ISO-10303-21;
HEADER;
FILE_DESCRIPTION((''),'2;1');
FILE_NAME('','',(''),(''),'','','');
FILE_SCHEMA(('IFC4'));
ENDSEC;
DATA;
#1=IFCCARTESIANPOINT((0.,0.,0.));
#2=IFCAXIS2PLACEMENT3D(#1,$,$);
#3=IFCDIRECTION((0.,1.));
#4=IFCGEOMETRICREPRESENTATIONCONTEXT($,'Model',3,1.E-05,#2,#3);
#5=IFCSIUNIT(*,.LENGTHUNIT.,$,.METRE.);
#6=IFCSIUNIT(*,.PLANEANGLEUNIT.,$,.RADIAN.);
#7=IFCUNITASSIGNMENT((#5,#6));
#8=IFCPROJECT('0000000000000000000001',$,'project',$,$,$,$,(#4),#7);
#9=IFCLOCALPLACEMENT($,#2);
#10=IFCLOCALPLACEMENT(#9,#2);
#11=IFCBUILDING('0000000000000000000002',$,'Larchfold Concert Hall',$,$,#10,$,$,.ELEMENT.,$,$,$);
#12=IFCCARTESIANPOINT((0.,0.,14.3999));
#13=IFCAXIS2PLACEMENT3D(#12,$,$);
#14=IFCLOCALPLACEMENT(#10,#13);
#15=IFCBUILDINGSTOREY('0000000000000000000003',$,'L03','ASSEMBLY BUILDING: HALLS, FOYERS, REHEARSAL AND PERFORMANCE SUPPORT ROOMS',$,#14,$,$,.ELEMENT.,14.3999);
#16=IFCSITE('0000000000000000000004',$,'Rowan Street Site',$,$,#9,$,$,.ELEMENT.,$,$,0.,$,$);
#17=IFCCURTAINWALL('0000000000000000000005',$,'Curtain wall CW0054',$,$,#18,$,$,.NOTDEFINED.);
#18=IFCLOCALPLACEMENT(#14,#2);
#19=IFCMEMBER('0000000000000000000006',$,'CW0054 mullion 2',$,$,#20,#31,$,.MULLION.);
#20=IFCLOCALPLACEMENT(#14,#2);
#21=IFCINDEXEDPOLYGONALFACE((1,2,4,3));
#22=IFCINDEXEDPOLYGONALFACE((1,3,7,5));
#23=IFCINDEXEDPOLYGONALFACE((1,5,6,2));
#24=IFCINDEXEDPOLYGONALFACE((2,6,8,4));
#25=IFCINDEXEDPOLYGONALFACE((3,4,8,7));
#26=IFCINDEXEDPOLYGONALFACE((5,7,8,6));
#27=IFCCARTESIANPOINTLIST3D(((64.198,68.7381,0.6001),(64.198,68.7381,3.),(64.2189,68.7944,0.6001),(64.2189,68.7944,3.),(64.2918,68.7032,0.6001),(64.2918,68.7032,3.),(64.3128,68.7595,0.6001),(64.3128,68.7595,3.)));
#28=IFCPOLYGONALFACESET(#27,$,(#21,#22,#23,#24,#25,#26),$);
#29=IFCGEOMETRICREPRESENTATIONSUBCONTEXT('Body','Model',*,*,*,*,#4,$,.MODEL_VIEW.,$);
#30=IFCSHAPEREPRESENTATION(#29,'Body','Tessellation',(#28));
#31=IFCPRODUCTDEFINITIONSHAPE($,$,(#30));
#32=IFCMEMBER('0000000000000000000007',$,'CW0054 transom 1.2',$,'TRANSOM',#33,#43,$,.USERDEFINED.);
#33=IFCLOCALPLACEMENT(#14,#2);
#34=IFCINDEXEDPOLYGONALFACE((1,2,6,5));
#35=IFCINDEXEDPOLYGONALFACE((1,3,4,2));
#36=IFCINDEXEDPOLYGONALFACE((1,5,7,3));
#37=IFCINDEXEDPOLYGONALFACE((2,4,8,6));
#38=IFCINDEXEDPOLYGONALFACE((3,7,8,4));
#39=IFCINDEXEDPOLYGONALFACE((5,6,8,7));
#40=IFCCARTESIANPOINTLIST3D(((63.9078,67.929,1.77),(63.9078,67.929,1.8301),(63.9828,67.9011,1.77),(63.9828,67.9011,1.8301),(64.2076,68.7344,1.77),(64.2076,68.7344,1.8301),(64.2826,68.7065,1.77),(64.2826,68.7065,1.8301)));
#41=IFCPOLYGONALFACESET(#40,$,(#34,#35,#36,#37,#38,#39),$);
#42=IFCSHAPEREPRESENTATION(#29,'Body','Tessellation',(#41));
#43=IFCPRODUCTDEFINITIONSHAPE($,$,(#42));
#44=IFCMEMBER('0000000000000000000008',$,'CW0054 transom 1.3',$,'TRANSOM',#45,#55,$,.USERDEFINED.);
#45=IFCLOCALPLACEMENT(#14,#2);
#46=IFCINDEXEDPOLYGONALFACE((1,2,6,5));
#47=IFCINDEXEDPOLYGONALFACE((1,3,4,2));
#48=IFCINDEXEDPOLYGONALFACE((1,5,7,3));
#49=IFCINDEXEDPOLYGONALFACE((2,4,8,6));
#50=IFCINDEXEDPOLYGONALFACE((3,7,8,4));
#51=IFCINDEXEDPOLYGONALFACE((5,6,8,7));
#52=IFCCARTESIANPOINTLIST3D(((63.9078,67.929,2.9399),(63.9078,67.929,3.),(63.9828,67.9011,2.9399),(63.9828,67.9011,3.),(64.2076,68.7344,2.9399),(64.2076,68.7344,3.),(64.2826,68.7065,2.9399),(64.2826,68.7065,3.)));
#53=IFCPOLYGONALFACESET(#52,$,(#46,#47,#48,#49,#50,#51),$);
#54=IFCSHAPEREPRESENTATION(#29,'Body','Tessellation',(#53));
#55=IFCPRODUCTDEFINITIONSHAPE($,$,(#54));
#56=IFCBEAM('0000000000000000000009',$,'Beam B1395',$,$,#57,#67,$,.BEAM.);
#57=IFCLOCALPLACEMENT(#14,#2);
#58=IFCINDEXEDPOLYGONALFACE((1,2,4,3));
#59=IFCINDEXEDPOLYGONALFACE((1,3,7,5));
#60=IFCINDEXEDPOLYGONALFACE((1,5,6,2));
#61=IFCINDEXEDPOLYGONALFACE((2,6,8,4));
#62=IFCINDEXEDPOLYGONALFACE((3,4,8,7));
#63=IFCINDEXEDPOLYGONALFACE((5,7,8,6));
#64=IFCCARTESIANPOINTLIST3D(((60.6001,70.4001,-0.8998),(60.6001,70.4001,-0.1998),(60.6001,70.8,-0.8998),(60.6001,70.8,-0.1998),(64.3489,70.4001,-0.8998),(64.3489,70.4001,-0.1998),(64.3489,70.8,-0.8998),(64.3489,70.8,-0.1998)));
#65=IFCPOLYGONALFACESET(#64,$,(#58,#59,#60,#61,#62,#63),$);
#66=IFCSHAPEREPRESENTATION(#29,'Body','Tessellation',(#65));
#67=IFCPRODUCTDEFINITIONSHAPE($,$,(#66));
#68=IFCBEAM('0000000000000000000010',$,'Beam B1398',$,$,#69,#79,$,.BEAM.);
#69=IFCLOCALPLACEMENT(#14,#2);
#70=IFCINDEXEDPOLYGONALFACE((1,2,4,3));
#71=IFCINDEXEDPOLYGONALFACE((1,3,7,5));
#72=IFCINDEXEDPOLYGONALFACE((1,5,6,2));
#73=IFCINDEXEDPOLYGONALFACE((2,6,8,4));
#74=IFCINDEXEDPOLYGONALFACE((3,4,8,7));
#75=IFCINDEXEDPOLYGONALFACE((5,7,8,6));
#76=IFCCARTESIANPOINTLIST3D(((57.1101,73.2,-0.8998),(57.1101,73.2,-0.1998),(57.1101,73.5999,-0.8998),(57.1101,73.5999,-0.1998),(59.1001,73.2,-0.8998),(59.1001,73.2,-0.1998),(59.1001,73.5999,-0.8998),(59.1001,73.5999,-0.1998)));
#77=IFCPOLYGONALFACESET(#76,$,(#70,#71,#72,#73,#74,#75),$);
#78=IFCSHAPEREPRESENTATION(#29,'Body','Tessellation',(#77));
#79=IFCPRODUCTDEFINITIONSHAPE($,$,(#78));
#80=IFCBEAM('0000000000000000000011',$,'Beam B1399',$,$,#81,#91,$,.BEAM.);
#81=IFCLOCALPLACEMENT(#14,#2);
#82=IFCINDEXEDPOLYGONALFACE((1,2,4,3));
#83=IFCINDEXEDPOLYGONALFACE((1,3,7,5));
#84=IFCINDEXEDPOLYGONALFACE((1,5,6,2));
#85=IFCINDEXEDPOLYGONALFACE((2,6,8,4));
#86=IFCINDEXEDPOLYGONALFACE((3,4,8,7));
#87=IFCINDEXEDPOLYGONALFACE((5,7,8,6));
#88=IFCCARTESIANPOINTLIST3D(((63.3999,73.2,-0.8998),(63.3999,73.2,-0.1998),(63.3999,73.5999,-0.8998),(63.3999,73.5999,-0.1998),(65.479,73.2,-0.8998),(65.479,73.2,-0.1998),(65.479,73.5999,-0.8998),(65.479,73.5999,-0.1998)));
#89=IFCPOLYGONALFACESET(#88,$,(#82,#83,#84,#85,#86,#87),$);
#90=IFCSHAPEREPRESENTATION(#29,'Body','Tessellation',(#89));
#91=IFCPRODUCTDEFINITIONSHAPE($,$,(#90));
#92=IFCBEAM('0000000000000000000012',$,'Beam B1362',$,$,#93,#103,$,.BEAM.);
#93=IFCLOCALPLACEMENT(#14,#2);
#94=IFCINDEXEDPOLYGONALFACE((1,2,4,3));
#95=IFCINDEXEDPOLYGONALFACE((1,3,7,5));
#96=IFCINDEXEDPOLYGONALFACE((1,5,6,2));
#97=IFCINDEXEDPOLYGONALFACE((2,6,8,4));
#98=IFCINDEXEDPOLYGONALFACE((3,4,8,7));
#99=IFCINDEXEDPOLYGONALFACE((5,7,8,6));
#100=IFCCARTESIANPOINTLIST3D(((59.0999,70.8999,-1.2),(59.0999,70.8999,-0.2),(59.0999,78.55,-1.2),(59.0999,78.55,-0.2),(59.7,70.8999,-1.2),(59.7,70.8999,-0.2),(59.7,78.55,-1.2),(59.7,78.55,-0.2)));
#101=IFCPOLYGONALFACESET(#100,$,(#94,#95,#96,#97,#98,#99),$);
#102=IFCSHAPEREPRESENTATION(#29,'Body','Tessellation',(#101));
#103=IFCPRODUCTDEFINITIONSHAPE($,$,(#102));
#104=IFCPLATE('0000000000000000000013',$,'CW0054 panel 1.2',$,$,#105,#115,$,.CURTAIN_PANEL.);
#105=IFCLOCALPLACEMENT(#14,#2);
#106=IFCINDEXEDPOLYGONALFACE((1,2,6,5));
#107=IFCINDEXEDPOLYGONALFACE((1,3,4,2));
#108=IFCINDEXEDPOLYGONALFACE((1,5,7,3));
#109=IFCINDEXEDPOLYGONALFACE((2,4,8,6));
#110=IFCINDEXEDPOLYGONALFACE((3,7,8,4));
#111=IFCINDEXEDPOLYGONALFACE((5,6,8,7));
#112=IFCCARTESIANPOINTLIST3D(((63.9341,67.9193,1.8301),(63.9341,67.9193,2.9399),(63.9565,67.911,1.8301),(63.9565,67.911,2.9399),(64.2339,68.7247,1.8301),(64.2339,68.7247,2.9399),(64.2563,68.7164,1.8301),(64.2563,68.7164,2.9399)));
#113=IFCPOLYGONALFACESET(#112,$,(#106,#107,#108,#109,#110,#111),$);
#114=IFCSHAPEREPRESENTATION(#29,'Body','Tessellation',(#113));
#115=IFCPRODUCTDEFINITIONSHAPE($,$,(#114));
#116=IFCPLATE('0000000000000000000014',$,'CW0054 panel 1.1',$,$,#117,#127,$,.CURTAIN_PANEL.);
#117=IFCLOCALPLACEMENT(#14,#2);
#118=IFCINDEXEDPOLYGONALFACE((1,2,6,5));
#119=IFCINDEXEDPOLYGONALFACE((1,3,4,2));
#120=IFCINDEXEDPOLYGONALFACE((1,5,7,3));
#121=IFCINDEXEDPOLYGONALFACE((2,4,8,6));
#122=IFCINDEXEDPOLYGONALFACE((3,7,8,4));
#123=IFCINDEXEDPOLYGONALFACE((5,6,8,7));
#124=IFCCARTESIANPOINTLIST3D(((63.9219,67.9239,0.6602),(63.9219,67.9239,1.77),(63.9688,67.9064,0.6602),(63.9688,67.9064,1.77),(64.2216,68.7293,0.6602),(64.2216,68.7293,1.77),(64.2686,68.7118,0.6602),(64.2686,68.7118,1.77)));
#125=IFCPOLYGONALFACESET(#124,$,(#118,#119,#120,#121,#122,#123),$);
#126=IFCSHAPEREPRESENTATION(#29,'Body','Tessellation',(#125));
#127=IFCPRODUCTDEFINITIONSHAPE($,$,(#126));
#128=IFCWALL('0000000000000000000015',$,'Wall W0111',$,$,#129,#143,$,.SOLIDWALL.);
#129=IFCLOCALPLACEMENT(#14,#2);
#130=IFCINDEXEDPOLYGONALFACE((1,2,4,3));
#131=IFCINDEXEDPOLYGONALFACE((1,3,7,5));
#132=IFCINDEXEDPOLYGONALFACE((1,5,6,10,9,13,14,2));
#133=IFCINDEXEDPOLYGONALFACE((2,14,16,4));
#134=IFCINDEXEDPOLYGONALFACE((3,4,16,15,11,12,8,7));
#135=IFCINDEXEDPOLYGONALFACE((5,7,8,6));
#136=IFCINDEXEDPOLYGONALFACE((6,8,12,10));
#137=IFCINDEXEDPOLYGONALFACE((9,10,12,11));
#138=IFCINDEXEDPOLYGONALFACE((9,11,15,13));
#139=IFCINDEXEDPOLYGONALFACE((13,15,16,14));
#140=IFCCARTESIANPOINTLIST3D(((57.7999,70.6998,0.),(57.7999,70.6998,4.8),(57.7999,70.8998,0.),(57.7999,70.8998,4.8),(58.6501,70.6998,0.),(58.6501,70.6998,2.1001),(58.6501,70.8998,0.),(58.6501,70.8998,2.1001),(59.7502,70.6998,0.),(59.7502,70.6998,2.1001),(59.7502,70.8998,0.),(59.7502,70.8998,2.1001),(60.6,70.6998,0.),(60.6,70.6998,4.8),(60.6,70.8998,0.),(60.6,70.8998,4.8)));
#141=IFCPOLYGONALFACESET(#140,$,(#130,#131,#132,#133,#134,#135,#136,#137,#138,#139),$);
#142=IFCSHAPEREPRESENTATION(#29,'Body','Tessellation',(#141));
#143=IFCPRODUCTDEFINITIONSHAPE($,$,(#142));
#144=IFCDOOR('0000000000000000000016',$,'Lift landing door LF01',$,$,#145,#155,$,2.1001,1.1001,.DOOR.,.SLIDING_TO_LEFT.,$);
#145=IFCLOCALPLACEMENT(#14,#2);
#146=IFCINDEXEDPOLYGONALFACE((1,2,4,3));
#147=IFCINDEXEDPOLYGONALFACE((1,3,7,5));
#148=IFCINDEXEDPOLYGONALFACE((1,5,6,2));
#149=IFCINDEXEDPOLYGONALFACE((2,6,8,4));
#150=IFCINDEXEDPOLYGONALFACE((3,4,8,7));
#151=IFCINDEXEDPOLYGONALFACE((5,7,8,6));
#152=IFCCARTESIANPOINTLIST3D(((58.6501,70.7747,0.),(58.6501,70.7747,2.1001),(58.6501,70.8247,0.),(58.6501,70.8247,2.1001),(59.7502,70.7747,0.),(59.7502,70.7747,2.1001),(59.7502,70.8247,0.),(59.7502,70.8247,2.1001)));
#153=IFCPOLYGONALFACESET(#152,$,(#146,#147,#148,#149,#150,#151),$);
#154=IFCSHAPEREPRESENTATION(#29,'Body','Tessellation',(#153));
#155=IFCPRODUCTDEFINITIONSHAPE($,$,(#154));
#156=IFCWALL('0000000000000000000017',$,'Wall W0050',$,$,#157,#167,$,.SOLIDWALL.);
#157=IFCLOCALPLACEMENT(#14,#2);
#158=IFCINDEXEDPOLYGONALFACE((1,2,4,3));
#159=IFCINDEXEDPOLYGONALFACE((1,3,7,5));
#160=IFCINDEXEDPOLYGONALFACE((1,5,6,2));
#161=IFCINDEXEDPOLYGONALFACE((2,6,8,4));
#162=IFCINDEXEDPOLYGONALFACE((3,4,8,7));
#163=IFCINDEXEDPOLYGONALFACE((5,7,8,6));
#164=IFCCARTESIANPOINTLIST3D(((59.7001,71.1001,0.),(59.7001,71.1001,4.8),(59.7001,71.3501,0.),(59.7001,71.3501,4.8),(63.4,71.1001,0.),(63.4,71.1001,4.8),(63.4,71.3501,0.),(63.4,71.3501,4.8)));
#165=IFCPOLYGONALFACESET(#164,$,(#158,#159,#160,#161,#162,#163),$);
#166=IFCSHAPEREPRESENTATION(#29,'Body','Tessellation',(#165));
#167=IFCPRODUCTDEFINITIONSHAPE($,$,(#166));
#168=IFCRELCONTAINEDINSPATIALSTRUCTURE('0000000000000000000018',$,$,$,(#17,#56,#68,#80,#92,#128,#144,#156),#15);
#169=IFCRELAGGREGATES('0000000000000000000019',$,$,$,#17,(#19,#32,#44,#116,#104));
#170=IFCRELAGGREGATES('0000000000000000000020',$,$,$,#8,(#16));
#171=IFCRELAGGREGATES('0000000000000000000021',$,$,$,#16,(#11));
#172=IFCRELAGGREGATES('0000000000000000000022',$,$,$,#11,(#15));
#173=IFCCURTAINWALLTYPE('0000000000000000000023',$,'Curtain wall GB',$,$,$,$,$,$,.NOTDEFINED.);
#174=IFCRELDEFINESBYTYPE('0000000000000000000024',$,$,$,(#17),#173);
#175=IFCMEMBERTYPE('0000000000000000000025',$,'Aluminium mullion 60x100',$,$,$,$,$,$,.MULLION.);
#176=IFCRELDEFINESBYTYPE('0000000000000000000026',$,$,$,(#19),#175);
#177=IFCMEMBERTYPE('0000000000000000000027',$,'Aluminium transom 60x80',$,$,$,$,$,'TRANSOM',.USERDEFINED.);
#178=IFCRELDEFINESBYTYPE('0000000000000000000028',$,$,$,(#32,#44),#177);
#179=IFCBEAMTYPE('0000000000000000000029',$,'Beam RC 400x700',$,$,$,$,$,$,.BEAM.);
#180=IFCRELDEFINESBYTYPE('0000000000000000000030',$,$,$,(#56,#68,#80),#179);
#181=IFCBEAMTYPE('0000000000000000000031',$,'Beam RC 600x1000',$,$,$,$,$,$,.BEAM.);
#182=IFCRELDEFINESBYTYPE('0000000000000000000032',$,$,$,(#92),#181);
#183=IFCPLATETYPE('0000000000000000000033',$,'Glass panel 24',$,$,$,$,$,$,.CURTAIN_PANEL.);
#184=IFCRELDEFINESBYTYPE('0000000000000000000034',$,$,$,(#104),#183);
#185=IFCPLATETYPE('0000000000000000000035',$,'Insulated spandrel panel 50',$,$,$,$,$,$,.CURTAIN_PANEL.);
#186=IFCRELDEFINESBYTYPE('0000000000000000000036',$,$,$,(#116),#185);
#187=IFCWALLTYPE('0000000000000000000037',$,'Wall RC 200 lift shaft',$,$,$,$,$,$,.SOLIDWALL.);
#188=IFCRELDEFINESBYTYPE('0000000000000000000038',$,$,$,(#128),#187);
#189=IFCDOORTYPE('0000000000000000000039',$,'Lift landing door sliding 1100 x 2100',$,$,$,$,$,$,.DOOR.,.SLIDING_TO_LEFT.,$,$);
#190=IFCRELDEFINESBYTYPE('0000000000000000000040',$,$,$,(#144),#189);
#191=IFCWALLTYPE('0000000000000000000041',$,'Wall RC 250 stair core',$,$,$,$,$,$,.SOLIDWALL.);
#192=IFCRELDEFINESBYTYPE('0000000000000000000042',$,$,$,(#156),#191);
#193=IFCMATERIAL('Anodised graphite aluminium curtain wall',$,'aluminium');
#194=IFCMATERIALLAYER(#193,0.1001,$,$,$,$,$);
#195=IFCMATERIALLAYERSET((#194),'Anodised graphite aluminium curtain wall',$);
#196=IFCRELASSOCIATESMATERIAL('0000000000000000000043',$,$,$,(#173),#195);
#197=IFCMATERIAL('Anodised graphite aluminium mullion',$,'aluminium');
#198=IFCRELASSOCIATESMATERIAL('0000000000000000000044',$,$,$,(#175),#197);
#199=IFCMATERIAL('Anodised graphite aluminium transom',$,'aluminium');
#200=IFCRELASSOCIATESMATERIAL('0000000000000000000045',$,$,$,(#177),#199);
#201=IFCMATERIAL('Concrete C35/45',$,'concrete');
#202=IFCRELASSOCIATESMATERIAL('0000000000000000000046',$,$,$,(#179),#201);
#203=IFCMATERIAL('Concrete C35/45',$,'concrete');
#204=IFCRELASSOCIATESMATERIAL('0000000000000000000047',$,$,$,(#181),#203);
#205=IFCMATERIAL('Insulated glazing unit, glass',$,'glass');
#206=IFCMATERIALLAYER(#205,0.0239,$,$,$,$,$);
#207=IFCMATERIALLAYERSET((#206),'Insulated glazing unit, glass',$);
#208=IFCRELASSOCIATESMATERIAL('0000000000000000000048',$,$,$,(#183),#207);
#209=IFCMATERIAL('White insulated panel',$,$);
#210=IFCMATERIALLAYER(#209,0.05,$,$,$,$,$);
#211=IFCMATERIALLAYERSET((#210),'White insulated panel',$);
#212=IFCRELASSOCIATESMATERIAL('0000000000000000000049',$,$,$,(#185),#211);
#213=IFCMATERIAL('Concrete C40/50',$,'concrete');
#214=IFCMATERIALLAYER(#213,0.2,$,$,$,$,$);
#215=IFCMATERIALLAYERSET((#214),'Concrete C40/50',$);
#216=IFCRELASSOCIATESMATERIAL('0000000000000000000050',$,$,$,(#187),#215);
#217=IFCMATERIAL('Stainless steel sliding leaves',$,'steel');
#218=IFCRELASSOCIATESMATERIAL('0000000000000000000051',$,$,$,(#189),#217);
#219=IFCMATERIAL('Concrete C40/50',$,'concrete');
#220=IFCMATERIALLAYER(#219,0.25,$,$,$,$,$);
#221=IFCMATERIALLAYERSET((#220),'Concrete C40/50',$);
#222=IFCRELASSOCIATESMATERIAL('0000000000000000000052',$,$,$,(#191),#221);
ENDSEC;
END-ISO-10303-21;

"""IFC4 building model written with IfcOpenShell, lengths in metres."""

from ifc_helpers import new_model, si_unit, direction, frame, frame_2d, origin, origin_2d, place, context, subcontext, project, spatial, rectangle, extrude, material, layer, layer_set, material_profile, profile_set, type_object, element, fill, aggregate, save


model = new_model("IFC4")

# Units and contexts
model_context = context("Model", 3, precision=1e-05, world=origin(), true_north=direction((0.0, 1.0)))
body_context = subcontext(model_context, "Body", "Model", "MODEL_VIEW")
ifc_project = project(units=[si_unit("LENGTHUNIT", "METRE"), si_unit("PLANEANGLEUNIT", "RADIAN")], contexts=[model_context])

# Site, building, storey
site_placement = place(None, origin())
site = spatial("IfcSite", under=ifc_project, at=site_placement, Name="Rowan Street Site", CompositionType="ELEMENT", RefElevation=0.0)
building_placement = place(site_placement, origin())
building = spatial("IfcBuilding", under=site, at=building_placement, Name="Larchfold Concert Hall", CompositionType="ELEMENT")
storey_placement = place(building_placement, frame((0.0, 0.0, 14.3999)))
storey = spatial("IfcBuildingStorey", under=building, at=storey_placement, Name="L03", Description="ASSEMBLY BUILDING: HALLS, FOYERS, REHEARSAL AND PERFORMANCE SUPPORT ROOMS", CompositionType="ELEMENT", Elevation=14.3999)

# Curtain wall, members
ifc_material_1 = material(Name="Anodised graphite aluminium curtain wall", Category="aluminium")
ifc_layer_1 = layer(ifc_material_1, 0.1001)
ifc_layer_set_1 = layer_set([ifc_layer_1], Name="Anodised graphite aluminium curtain wall")
curtain_wall_type = type_object("IfcCurtainWallType", Name="Curtain wall GB", PredefinedType="NOTDEFINED", material=ifc_layer_set_1)
curtain_wall_placement = place(storey_placement, origin())
curtain_wall = element("IfcCurtainWall", 1, at=curtain_wall_placement, inside=storey, type_object=curtain_wall_type, Name="Curtain wall CW0054", PredefinedType="NOTDEFINED")
ifc_material_2 = material(Name="Anodised graphite aluminium mullion", Category="aluminium")
ifc_material_profile_1 = material_profile(ifc_material_2, rectangle(XDim=0.1001, YDim=0.0601, at=origin_2d()))
ifc_profile_set_1 = profile_set([ifc_material_profile_1], Name="Anodised graphite aluminium mullion")
member_type_1 = type_object("IfcMemberType", Name="Aluminium mullion 60x100", PredefinedType="MULLION", material=ifc_profile_set_1)
member_1_placement = place(storey_placement, frame((64.2554, 68.7488, 0.6001), z_axis=(0.0, 0.0, 1.0), x_axis=(-0.937188, 0.348826, 0.0)))
member_1 = element("IfcMember", 2, at=member_1_placement, type_object=member_type_1, Name="CW0054 mullion 2", PredefinedType="MULLION", context=body_context, shape_type="SweptSolid", body=[
    extrude(rectangle(XDim=0.1001, YDim=0.0601, at=origin_2d()), origin(), (0.0, 0.0, 1.0), 2.3999),
])
ifc_material_3 = material(Name="Anodised graphite aluminium transom", Category="aluminium")
ifc_material_profile_2 = material_profile(ifc_material_3, rectangle(XDim=0.0801, YDim=0.0601, at=origin_2d()))
ifc_profile_set_2 = profile_set([ifc_material_profile_2], Name="Anodised graphite aluminium transom")
member_type_2 = type_object("IfcMemberType", Name="Aluminium transom 60x80", ElementType="TRANSOM", PredefinedType="USERDEFINED", material=ifc_profile_set_2)
member_2_placement = place(storey_placement, frame((63.9453, 67.915, 1.8), z_axis=(0.34885, 0.937179, 0.0), x_axis=(-0.937179, 0.34885, 0.0)))
member_2 = element("IfcMember", 3, at=member_2_placement, type_object=member_type_2, Name="CW0054 transom 1.2", ObjectType="TRANSOM", PredefinedType="USERDEFINED", context=body_context, shape_type="SweptSolid", body=[
    extrude(rectangle(XDim=0.0801, YDim=0.0601, at=origin_2d()), origin(), (0.0, 0.0, 1.0), 0.8594),
])
member_3_placement = place(storey_placement, frame((63.9453, 67.915, 2.97), z_axis=(0.34885, 0.937179, 0.0), x_axis=(-0.937179, 0.34885, 0.0)))
member_3 = element("IfcMember", 4, at=member_3_placement, type_object=member_type_2, Name="CW0054 transom 1.3", ObjectType="TRANSOM", PredefinedType="USERDEFINED", context=body_context, shape_type="SweptSolid", body=[
    extrude(rectangle(XDim=0.0801, YDim=0.0601, at=origin_2d()), origin(), (0.0, 0.0, 1.0), 0.8594),
])

# Beams
ifc_material_4 = material(Name="Concrete C35/45", Category="concrete")
ifc_material_profile_3 = material_profile(ifc_material_4, rectangle(XDim=0.3999, YDim=0.7, at=origin_2d()))
ifc_profile_set_3 = profile_set([ifc_material_profile_3], Name="Concrete C35/45")
beam_type_1 = type_object("IfcBeamType", Name="Beam RC 400x700", PredefinedType="BEAM", material=ifc_profile_set_3)
beam_1_placement = place(storey_placement, frame((60.6001, 70.6001, -0.5498), z_axis=(1.0, 0.0, 0.0), x_axis=(0.0, 1.0, 0.0)))
element("IfcBeam", 5, at=beam_1_placement, inside=storey, type_object=beam_type_1, Name="Beam B1395", PredefinedType="BEAM", context=body_context, shape_type="SweptSolid", body=[
    extrude(rectangle(XDim=0.3999, YDim=0.7, at=origin_2d()), origin(), (0.0, 0.0, 1.0), 3.7488),
])
beam_2_placement = place(storey_placement, frame((57.1101, 73.3999, -0.5498), z_axis=(1.0, 0.0, 0.0), x_axis=(0.0, 1.0, 0.0)))
element("IfcBeam", 6, at=beam_2_placement, inside=storey, type_object=beam_type_1, Name="Beam B1398", PredefinedType="BEAM", context=body_context, shape_type="SweptSolid", body=[
    extrude(rectangle(XDim=0.3999, YDim=0.7, at=origin_2d()), origin(), (0.0, 0.0, 1.0), 1.99),
])
beam_3_placement = place(storey_placement, frame((63.3999, 73.3999, -0.5498), z_axis=(1.0, 0.0, 0.0), x_axis=(0.0, 1.0, 0.0)))
element("IfcBeam", 7, at=beam_3_placement, inside=storey, type_object=beam_type_1, Name="Beam B1399", PredefinedType="BEAM", context=body_context, shape_type="SweptSolid", body=[
    extrude(rectangle(XDim=0.3999, YDim=0.7, at=origin_2d()), origin(), (0.0, 0.0, 1.0), 2.0791),
])
ifc_material_5 = material(Name="Concrete C35/45", Category="concrete")
ifc_material_profile_4 = material_profile(ifc_material_5, rectangle(XDim=0.6001, YDim=1.0, at=origin_2d()))
ifc_profile_set_4 = profile_set([ifc_material_profile_4], Name="Concrete C35/45")
beam_type_2 = type_object("IfcBeamType", Name="Beam RC 600x1000", PredefinedType="BEAM", material=ifc_profile_set_4)
beam_4_placement = place(storey_placement, frame((59.3999, 70.8999, -0.7), z_axis=(0.0, 1.0, 0.0), x_axis=(-1.0, 0.0, 0.0)))
element("IfcBeam", 8, at=beam_4_placement, inside=storey, type_object=beam_type_2, Name="Beam B1362", PredefinedType="BEAM", context=body_context, shape_type="SweptSolid", body=[
    extrude(rectangle(XDim=0.6001, YDim=1.0, at=origin_2d()), origin(), (0.0, 0.0, 1.0), 7.6501),
])

# Plates
ifc_material_6 = material(Name="Insulated glazing unit, glass", Category="glass")
ifc_layer_2 = layer(ifc_material_6, 0.0239)
ifc_layer_set_2 = layer_set([ifc_layer_2], Name="Insulated glazing unit, glass")
plate_type_1 = type_object("IfcPlateType", Name="Glass panel 24", PredefinedType="CURTAIN_PANEL", material=ifc_layer_set_2)
plate_1_placement = place(storey_placement, frame((64.0952, 68.3179, 1.8301), z_axis=(0.0, 0.0, 1.0), x_axis=(0.348826, 0.937188, 0.0)))
plate_1 = element("IfcPlate", 9, at=plate_1_placement, type_object=plate_type_1, Name="CW0054 panel 1.2", PredefinedType="CURTAIN_PANEL", context=body_context, shape_type="SweptSolid", body=[
    extrude(rectangle(XDim=0.8594, YDim=0.0239, at=origin_2d()), origin(), (0.0, 0.0, 1.0), 1.1099),
])
ifc_material_7 = material(Name="White insulated panel")
ifc_layer_3 = layer(ifc_material_7, 0.05)
ifc_layer_set_3 = layer_set([ifc_layer_3], Name="White insulated panel")
plate_type_2 = type_object("IfcPlateType", Name="Insulated spandrel panel 50", PredefinedType="CURTAIN_PANEL", material=ifc_layer_set_3)
plate_2_placement = place(storey_placement, frame((64.0952, 68.3179, 0.6602), z_axis=(0.0, 0.0, 1.0), x_axis=(0.348826, 0.937188, 0.0)))
plate_2 = element("IfcPlate", 10, at=plate_2_placement, type_object=plate_type_2, Name="CW0054 panel 1.1", PredefinedType="CURTAIN_PANEL", context=body_context, shape_type="SweptSolid", body=[
    extrude(rectangle(XDim=0.8594, YDim=0.05, at=origin_2d()), origin(), (0.0, 0.0, 1.0), 1.1099),
])
aggregate(curtain_wall, [member_1, member_2, member_3, plate_2, plate_1])

# Wall, opening, door
ifc_material_8 = material(Name="Concrete C40/50", Category="concrete")
ifc_layer_4 = layer(ifc_material_8, 0.2)
ifc_layer_set_4 = layer_set([ifc_layer_4], Name="Concrete C40/50")
wall_type_1 = type_object("IfcWallType", Name="Wall RC 200 lift shaft", PredefinedType="SOLIDWALL", material=ifc_layer_set_4)
wall_1_placement = place(storey_placement, frame((57.8, 70.7998, 0.0), z_axis=(0.0, 0.0, 1.0), x_axis=(1.0, 0.0, 0.0)))
wall_1 = element("IfcWall", 11, at=wall_1_placement, inside=storey, type_object=wall_type_1, Name="Wall W0111", PredefinedType="SOLIDWALL", context=body_context, shape_type="SweptSolid", body=[
    extrude(rectangle(XDim=2.8, YDim=0.2, at=frame_2d((1.3999, 0.0))), origin(), (0.0, 0.0, 1.0), 4.8),
])
opening_1_placement = place(wall_1_placement, frame((0.8501, 0.0, 0.0)))
opening_1 = element("IfcOpeningElement", 12, at=opening_1_placement, cuts=wall_1, PredefinedType="OPENING", context=body_context, shape_type="SweptSolid", body=[
    extrude(rectangle(XDim=1.1001, YDim=2.1001, at=frame_2d((0.55, 1.05))), frame((0.0, 0.1099, 0.0), z_axis=(0.0, -1.0, 0.0), x_axis=(1.0, 0.0, 0.0)), (0.0, 0.0, 1.0), 0.22),
])
ifc_material_9 = material(Name="Stainless steel sliding leaves", Category="steel")
door_type_1 = type_object("IfcDoorType", Name="Lift landing door sliding 1100 x 2100", OperationType="SLIDING_TO_LEFT", PredefinedType="DOOR", material=ifc_material_9)
door_1_placement = place(opening_1_placement, origin())
door_1 = element("IfcDoor", 13, at=door_1_placement, inside=storey, type_object=door_type_1, Name="Lift landing door LF01", OperationType="SLIDING_TO_LEFT", OverallHeight=2.1001, OverallWidth=1.1001, PredefinedType="DOOR", context=body_context, shape_type="SweptSolid", body=[
    extrude(rectangle(XDim=1.1001, YDim=2.1001, at=frame_2d((0.55, 1.05))), frame((0.0, 0.0249, 0.0), z_axis=(0.0, -1.0, 0.0), x_axis=(1.0, 0.0, 0.0)), (0.0, 0.0, 1.0), 0.05),
])
fill(opening_1, door_1)

# Wall
ifc_material_10 = material(Name="Concrete C40/50", Category="concrete")
ifc_layer_5 = layer(ifc_material_10, 0.25)
ifc_layer_set_5 = layer_set([ifc_layer_5], Name="Concrete C40/50")
wall_type_2 = type_object("IfcWallType", Name="Wall RC 250 stair core", PredefinedType="SOLIDWALL", material=ifc_layer_set_5)
wall_2_placement = place(storey_placement, frame((59.7, 71.2251, 0.0), z_axis=(0.0, 0.0, 1.0), x_axis=(1.0, 0.0, 0.0)))
element("IfcWall", 14, at=wall_2_placement, inside=storey, type_object=wall_type_2, Name="Wall W0050", PredefinedType="SOLIDWALL", context=body_context, shape_type="SweptSolid", body=[
    extrude(rectangle(XDim=3.7, YDim=0.25, at=frame_2d((1.8501, 0.0))), origin(), (0.0, 0.0, 1.0), 4.8),
])

save(model, "model.ifc")
